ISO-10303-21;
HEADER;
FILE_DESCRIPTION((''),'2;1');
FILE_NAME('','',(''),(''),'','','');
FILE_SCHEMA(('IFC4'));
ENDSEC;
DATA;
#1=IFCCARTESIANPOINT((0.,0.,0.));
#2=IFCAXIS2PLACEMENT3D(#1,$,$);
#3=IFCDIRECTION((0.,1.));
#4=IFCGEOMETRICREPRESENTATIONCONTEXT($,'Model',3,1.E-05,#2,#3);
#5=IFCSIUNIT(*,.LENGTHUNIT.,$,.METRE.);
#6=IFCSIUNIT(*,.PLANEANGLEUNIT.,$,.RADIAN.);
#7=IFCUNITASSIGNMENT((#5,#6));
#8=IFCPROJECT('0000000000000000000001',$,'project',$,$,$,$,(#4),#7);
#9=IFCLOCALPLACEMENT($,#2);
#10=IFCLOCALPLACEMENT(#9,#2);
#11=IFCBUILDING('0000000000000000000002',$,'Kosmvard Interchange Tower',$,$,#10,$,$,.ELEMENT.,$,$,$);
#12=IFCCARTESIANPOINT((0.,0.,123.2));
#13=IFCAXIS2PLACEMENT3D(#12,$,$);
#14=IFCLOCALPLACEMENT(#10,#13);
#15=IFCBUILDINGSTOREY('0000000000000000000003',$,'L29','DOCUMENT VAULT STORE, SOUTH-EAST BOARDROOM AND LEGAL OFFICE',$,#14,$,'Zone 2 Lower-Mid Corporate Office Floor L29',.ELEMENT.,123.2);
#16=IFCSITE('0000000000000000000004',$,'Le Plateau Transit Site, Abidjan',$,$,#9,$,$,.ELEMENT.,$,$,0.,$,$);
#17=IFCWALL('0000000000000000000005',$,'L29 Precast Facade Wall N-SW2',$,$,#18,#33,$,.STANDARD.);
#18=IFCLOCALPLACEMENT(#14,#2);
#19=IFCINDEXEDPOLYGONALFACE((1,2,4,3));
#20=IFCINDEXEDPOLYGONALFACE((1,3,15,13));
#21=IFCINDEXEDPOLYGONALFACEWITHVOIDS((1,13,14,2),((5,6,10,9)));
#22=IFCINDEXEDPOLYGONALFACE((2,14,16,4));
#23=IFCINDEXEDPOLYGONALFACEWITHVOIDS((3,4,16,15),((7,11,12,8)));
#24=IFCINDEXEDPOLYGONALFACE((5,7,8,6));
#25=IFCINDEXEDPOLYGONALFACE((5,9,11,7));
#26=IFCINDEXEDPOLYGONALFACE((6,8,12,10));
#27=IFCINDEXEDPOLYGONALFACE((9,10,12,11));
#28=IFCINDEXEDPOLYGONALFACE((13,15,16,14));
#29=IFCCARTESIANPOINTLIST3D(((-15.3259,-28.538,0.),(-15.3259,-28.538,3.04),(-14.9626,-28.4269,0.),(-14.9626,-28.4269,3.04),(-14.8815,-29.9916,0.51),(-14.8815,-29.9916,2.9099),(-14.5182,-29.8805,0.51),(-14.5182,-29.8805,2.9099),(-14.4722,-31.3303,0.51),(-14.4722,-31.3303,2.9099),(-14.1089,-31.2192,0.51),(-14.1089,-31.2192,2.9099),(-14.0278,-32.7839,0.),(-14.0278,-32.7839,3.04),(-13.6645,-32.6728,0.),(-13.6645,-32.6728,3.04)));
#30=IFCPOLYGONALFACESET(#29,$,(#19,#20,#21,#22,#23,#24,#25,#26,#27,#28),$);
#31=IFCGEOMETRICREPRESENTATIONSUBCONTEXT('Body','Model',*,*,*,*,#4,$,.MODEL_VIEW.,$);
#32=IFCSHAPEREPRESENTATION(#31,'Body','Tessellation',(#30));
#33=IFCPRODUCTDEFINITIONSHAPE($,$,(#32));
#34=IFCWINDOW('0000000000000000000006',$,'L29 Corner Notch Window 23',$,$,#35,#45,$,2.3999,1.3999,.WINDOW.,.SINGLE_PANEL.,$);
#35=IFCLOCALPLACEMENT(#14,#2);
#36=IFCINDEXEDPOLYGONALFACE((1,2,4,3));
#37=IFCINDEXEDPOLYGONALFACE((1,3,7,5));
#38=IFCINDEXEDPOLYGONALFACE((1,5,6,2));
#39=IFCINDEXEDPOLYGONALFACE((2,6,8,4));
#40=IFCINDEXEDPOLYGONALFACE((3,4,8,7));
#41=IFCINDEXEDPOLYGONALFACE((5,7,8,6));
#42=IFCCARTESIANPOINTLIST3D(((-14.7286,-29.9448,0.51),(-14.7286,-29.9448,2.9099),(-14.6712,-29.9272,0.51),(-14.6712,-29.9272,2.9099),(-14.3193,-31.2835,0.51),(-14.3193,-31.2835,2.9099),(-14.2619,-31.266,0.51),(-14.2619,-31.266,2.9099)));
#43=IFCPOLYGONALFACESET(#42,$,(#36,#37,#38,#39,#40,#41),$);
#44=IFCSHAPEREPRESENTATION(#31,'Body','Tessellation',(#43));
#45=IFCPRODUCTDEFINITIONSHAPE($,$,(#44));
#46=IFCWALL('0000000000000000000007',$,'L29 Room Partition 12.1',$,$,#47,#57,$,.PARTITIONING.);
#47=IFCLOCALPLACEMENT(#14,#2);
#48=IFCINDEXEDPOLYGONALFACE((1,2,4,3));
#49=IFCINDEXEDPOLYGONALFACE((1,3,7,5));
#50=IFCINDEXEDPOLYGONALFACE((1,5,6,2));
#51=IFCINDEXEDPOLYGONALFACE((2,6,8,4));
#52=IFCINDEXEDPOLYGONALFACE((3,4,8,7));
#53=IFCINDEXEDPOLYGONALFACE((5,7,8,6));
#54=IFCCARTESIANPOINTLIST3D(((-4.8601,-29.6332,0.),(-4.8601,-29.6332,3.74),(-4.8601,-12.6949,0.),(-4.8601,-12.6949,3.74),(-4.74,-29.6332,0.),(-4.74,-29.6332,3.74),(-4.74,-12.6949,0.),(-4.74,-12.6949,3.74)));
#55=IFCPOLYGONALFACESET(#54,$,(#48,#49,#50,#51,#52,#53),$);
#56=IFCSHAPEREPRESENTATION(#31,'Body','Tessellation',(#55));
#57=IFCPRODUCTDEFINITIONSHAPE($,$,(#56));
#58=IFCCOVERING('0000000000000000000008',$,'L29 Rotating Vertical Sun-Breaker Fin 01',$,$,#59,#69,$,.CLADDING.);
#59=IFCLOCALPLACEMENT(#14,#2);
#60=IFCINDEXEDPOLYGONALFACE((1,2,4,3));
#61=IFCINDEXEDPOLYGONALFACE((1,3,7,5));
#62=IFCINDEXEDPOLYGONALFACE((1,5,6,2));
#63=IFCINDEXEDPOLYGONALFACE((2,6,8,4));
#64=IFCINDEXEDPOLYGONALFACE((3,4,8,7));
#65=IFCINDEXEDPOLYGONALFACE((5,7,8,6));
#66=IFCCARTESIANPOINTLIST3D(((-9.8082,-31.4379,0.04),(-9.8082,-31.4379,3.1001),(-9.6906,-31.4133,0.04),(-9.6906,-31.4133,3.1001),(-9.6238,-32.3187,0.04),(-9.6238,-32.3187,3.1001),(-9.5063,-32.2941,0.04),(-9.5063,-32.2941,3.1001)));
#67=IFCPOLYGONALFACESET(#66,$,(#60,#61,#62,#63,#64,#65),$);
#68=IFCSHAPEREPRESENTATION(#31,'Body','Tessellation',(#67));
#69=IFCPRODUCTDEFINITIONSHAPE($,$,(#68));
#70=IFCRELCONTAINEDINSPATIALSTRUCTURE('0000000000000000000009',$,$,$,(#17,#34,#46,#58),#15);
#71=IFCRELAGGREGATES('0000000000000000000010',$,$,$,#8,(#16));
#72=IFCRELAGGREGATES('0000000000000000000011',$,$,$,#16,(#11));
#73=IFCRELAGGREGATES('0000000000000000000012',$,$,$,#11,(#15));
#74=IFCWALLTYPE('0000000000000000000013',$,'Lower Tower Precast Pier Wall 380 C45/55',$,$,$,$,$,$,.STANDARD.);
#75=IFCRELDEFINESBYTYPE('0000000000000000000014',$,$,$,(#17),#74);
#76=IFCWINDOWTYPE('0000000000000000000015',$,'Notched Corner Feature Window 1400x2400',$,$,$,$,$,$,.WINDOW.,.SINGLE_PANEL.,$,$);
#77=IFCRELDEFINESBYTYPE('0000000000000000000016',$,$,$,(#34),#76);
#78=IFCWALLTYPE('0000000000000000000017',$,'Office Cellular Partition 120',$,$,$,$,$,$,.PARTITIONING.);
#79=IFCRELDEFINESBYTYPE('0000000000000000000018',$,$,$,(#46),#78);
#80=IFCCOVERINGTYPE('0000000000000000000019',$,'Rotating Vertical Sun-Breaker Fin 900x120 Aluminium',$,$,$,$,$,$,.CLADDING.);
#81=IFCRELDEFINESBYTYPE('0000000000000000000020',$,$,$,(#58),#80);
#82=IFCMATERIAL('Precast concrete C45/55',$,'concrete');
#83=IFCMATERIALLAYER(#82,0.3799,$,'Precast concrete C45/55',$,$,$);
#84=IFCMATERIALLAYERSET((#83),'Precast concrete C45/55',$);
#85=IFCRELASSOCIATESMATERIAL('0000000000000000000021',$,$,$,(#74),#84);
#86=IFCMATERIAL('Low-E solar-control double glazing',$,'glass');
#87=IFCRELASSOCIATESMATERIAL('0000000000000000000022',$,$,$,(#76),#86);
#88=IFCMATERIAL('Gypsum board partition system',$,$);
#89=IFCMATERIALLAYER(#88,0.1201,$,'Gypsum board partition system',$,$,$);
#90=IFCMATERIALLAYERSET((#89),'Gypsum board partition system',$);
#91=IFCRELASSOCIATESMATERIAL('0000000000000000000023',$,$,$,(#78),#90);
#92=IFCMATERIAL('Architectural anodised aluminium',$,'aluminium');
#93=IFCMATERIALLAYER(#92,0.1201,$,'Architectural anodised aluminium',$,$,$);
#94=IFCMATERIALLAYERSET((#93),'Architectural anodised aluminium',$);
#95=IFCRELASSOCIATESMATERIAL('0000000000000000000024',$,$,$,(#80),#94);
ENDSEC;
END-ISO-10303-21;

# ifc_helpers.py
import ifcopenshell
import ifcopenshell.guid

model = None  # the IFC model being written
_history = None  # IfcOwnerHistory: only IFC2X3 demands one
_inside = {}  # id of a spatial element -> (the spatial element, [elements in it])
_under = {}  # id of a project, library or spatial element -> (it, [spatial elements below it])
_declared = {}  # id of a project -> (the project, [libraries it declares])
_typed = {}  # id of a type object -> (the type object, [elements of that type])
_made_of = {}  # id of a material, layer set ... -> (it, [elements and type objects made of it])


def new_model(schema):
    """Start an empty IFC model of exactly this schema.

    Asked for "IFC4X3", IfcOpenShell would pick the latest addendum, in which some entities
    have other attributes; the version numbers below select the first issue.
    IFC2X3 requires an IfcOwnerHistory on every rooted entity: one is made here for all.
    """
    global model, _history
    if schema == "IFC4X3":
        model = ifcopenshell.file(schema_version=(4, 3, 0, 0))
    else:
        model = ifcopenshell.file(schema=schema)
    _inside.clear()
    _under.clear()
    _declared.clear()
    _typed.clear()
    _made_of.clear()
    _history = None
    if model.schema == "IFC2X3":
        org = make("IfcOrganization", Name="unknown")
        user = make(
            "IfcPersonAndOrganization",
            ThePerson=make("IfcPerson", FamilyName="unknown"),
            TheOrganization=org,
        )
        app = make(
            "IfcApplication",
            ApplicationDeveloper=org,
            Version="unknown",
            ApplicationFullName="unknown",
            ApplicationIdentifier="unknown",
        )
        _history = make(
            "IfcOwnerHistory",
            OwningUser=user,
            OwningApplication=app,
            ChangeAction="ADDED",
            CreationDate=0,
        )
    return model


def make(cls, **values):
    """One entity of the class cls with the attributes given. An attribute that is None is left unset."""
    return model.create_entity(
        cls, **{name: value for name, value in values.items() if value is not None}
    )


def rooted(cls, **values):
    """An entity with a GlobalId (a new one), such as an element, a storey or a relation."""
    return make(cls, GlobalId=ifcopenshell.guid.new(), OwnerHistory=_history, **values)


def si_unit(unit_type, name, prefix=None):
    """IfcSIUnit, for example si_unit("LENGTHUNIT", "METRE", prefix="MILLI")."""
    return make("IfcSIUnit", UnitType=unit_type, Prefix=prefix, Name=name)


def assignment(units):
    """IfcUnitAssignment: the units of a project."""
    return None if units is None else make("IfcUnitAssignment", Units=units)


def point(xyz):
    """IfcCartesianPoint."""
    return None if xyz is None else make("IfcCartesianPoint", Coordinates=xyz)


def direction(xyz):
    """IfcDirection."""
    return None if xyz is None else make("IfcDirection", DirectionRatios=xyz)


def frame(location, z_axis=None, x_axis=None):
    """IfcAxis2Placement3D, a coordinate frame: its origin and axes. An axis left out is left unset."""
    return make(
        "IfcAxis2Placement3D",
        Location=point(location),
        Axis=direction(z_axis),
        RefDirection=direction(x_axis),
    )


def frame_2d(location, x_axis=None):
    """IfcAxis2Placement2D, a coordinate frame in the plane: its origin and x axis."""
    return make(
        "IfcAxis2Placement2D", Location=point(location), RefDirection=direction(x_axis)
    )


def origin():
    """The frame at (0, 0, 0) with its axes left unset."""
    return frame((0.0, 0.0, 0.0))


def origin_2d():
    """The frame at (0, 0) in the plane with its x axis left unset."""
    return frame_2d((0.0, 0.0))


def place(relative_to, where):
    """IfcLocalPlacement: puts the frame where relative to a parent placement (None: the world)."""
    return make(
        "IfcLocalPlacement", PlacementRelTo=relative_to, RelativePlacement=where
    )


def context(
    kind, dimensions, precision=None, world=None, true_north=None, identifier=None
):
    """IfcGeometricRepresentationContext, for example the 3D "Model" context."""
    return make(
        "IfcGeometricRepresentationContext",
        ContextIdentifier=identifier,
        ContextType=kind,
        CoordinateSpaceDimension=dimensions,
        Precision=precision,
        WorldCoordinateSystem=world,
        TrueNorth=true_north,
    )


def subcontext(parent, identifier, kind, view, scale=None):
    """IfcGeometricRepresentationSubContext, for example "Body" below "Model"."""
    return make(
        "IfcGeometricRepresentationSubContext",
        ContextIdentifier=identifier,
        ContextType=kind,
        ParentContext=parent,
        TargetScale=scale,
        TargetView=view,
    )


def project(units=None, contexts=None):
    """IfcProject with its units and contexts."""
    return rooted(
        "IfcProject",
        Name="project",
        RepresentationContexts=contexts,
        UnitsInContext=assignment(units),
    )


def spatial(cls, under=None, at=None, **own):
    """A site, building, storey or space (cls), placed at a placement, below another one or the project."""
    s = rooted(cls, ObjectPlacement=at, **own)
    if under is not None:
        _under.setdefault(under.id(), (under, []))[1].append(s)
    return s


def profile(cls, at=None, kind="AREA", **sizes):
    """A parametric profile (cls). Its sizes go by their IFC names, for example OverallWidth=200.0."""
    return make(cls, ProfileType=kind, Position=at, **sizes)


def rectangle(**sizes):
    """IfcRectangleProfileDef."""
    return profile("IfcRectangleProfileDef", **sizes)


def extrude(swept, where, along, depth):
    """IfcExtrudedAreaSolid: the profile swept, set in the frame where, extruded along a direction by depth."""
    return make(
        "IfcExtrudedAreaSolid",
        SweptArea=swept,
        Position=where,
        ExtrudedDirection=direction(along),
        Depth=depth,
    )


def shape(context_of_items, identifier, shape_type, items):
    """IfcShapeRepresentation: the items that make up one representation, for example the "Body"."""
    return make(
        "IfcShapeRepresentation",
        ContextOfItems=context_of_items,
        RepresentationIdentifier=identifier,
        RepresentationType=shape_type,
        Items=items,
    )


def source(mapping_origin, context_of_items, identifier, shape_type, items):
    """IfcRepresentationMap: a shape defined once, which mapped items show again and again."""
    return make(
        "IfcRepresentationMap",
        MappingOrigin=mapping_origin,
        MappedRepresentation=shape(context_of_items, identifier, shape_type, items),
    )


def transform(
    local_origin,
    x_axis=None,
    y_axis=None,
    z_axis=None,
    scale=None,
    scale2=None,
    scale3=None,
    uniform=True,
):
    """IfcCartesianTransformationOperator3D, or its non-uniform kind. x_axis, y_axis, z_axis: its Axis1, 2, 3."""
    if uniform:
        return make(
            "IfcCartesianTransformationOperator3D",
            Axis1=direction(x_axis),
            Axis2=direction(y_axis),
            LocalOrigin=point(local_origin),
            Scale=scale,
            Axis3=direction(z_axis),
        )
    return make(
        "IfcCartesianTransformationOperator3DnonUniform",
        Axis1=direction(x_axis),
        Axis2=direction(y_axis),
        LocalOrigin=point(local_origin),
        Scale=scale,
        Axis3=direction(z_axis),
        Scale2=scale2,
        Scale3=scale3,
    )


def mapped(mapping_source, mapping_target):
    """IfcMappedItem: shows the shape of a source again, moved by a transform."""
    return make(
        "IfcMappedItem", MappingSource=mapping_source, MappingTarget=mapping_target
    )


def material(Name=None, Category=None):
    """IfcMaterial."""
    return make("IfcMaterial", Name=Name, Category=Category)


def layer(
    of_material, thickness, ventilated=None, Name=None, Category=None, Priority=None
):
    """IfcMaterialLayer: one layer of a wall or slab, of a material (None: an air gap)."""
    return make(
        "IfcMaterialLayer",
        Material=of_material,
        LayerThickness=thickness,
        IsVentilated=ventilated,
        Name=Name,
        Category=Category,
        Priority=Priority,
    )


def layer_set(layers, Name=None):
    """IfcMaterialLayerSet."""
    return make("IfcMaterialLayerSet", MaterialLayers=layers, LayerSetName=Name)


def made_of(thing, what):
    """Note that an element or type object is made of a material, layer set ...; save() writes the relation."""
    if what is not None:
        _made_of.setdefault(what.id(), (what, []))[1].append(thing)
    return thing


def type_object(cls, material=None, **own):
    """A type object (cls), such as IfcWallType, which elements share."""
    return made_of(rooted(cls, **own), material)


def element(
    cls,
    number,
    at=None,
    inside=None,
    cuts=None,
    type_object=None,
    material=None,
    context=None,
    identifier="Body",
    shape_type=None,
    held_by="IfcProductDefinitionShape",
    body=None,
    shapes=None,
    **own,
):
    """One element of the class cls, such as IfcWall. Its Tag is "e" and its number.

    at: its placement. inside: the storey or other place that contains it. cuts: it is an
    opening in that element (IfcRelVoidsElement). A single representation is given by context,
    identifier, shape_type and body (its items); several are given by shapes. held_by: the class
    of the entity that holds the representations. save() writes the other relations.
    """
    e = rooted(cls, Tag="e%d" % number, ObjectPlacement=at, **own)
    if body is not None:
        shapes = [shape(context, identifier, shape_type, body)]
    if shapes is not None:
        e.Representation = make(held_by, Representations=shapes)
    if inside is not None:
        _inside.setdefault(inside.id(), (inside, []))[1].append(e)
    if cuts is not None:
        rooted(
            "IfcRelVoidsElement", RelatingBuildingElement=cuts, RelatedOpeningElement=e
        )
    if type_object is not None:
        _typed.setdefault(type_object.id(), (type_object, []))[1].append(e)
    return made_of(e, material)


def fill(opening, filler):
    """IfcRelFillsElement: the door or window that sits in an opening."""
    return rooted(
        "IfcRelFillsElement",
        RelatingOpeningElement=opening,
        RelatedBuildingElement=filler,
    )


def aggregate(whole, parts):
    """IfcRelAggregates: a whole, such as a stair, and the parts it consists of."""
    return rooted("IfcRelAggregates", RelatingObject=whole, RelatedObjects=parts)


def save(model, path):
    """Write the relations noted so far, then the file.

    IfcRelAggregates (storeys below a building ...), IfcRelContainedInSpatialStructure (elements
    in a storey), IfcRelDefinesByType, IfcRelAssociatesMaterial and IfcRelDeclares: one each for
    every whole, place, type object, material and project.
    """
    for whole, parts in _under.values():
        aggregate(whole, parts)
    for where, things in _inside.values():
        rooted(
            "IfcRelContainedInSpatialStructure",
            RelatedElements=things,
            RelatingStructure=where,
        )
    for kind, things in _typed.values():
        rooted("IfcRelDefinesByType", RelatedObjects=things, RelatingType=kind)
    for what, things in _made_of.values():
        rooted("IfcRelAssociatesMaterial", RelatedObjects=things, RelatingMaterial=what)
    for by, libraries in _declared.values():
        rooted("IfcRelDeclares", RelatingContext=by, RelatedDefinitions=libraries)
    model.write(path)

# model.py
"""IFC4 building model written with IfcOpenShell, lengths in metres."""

from ifc_helpers import new_model, si_unit, direction, frame, frame_2d, origin, origin_2d, place, context, subcontext, project, spatial, rectangle, extrude, source, transform, mapped, material, layer, layer_set, type_object, element, fill, save


model = new_model("IFC4")

# Units and contexts
model_context = context("Model", 3, precision=1e-05, world=origin(), true_north=direction((0.0, 1.0)))
body_context = subcontext(model_context, "Body", "Model", "MODEL_VIEW")
ifc_project = project(units=[si_unit("LENGTHUNIT", "METRE"), si_unit("PLANEANGLEUNIT", "RADIAN")], contexts=[model_context])

# Site, building, storey
site_placement = place(None, origin())
site = spatial("IfcSite", under=ifc_project, at=site_placement, Name="Le Plateau Transit Site, Abidjan", CompositionType="ELEMENT", RefElevation=0.0)
building_placement = place(site_placement, origin())
building = spatial("IfcBuilding", under=site, at=building_placement, Name="Kosmvard Interchange Tower", CompositionType="ELEMENT")
storey_placement = place(building_placement, frame((0.0, 0.0, 123.2)))
storey = spatial("IfcBuildingStorey", under=building, at=storey_placement, Name="L29", Description="DOCUMENT VAULT STORE, SOUTH-EAST BOARDROOM AND LEGAL OFFICE", LongName="Zone 2 Lower-Mid Corporate Office Floor L29", CompositionType="ELEMENT", Elevation=123.2)

# Shared definitions
ifc_material_1 = material(Name="Precast concrete C45/55", Category="concrete")

# Shared definitions
ifc_layer_1 = layer(ifc_material_1, 0.3799, Name="Precast concrete C45/55")
ifc_layer_set_1 = layer_set([ifc_layer_1], Name="Precast concrete C45/55")
wall_type_1 = type_object("IfcWallType", Name="Lower Tower Precast Pier Wall 380 C45/55", PredefinedType="STANDARD", material=ifc_layer_set_1)
ifc_material_2 = material(Name="Low-E solar-control double glazing", Category="glass")
window_type_1 = type_object("IfcWindowType", Name="Notched Corner Feature Window 1400x2400", PartitioningType="SINGLE_PANEL", PredefinedType="WINDOW", material=ifc_material_2)
shared_shape_1 = source(origin(), body_context, "Body", "SweptSolid", [
    extrude(rectangle(XDim=1.3999, YDim=2.3999, at=frame_2d((0.7, 1.2))), frame((0.0, 0.03, 0.0), z_axis=(0.0, -1.0, 0.0), x_axis=(1.0, 0.0, 0.0)), (0.0, 0.0, 1.0), 0.0601),
])

# Wall, opening, window
wall_1_placement = place(storey_placement, frame((-15.1443, -28.4824, 0.0), z_axis=(0.0, 0.0, 1.0), x_axis=(0.292374, -0.956304, 0.0)))
wall_1 = element("IfcWall", 1, at=wall_1_placement, inside=storey, type_object=wall_type_1, Name="L29 Precast Facade Wall N-SW2", PredefinedType="STANDARD", context=body_context, shape_type="SweptSolid", body=[
    extrude(rectangle(XDim=4.4399, YDim=0.3799, at=frame_2d((2.22, 0.0))), origin(), (0.0, 0.0, 1.0), 3.04),
])
opening_1_placement = place(wall_1_placement, frame((1.52, 0.0, 0.51)))
opening_1 = element("IfcOpeningElement", 2, at=opening_1_placement, cuts=wall_1, PredefinedType="OPENING", context=body_context, shape_type="SweptSolid", body=[
    extrude(rectangle(XDim=1.3999, YDim=2.3999, at=frame_2d((0.7, 1.2))), frame((0.0, 0.2, 0.0), z_axis=(0.0, -1.0, 0.0), x_axis=(1.0, 0.0, 0.0)), (0.0, 0.0, 1.0), 0.3999),
])
window_1_placement = place(opening_1_placement, origin())
window_1 = element("IfcWindow", 3, at=window_1_placement, inside=storey, type_object=window_type_1, Name="L29 Corner Notch Window 23", OverallHeight=2.3999, OverallWidth=1.3999, PartitioningType="SINGLE_PANEL", PredefinedType="WINDOW", context=body_context, shape_type="MappedRepresentation", body=[
    mapped(shared_shape_1, transform((0.0, 0.0, 0.0), scale=1.0)),
])
fill(opening_1, window_1)

# Wall
ifc_material_3 = material(Name="Gypsum board partition system")
ifc_layer_2 = layer(ifc_material_3, 0.1201, Name="Gypsum board partition system")
ifc_layer_set_2 = layer_set([ifc_layer_2], Name="Gypsum board partition system")
wall_type_2 = type_object("IfcWallType", Name="Office Cellular Partition 120", PredefinedType="PARTITIONING", material=ifc_layer_set_2)
wall_2_placement = place(storey_placement, frame((-4.8, -29.6333, 0.0), z_axis=(0.0, 0.0, 1.0), x_axis=(0.0, 1.0, 0.0)))
element("IfcWall", 4, at=wall_2_placement, inside=storey, type_object=wall_type_2, Name="L29 Room Partition 12.1", PredefinedType="PARTITIONING", context=body_context, shape_type="SweptSolid", body=[
    extrude(rectangle(XDim=16.9382, YDim=0.1201, at=frame_2d((8.4692, 0.0))), origin(), (0.0, 0.0, 1.0), 3.74),
])

# Covering
ifc_material_4 = material(Name="Architectural anodised aluminium", Category="aluminium")
ifc_layer_3 = layer(ifc_material_4, 0.1201, Name="Architectural anodised aluminium")
ifc_layer_set_3 = layer_set([ifc_layer_3], Name="Architectural anodised aluminium")
covering_type = type_object("IfcCoveringType", Name="Rotating Vertical Sun-Breaker Fin 900x120 Aluminium", PredefinedType="CLADDING", material=ifc_layer_set_3)
shared_shape_2 = source(origin(), body_context, "Body", "SweptSolid", [
    extrude(rectangle(XDim=0.8999, YDim=0.1201, at=origin_2d()), origin(), (0.0, 0.0, 1.0), 3.0601),
])
covering_placement = place(storey_placement, frame((-9.6572, -31.866, 0.04), z_axis=(0.0, 0.0, 1.0), x_axis=(0.204838, -0.978796, 0.0)))
element("IfcCovering", 5, at=covering_placement, inside=storey, type_object=covering_type, Name="L29 Rotating Vertical Sun-Breaker Fin 01", PredefinedType="CLADDING", context=body_context, shape_type="MappedRepresentation", body=[
    mapped(shared_shape_2, transform((0.0, 0.0, 0.0), scale=1.0)),
])

save(model, "model.ifc")
